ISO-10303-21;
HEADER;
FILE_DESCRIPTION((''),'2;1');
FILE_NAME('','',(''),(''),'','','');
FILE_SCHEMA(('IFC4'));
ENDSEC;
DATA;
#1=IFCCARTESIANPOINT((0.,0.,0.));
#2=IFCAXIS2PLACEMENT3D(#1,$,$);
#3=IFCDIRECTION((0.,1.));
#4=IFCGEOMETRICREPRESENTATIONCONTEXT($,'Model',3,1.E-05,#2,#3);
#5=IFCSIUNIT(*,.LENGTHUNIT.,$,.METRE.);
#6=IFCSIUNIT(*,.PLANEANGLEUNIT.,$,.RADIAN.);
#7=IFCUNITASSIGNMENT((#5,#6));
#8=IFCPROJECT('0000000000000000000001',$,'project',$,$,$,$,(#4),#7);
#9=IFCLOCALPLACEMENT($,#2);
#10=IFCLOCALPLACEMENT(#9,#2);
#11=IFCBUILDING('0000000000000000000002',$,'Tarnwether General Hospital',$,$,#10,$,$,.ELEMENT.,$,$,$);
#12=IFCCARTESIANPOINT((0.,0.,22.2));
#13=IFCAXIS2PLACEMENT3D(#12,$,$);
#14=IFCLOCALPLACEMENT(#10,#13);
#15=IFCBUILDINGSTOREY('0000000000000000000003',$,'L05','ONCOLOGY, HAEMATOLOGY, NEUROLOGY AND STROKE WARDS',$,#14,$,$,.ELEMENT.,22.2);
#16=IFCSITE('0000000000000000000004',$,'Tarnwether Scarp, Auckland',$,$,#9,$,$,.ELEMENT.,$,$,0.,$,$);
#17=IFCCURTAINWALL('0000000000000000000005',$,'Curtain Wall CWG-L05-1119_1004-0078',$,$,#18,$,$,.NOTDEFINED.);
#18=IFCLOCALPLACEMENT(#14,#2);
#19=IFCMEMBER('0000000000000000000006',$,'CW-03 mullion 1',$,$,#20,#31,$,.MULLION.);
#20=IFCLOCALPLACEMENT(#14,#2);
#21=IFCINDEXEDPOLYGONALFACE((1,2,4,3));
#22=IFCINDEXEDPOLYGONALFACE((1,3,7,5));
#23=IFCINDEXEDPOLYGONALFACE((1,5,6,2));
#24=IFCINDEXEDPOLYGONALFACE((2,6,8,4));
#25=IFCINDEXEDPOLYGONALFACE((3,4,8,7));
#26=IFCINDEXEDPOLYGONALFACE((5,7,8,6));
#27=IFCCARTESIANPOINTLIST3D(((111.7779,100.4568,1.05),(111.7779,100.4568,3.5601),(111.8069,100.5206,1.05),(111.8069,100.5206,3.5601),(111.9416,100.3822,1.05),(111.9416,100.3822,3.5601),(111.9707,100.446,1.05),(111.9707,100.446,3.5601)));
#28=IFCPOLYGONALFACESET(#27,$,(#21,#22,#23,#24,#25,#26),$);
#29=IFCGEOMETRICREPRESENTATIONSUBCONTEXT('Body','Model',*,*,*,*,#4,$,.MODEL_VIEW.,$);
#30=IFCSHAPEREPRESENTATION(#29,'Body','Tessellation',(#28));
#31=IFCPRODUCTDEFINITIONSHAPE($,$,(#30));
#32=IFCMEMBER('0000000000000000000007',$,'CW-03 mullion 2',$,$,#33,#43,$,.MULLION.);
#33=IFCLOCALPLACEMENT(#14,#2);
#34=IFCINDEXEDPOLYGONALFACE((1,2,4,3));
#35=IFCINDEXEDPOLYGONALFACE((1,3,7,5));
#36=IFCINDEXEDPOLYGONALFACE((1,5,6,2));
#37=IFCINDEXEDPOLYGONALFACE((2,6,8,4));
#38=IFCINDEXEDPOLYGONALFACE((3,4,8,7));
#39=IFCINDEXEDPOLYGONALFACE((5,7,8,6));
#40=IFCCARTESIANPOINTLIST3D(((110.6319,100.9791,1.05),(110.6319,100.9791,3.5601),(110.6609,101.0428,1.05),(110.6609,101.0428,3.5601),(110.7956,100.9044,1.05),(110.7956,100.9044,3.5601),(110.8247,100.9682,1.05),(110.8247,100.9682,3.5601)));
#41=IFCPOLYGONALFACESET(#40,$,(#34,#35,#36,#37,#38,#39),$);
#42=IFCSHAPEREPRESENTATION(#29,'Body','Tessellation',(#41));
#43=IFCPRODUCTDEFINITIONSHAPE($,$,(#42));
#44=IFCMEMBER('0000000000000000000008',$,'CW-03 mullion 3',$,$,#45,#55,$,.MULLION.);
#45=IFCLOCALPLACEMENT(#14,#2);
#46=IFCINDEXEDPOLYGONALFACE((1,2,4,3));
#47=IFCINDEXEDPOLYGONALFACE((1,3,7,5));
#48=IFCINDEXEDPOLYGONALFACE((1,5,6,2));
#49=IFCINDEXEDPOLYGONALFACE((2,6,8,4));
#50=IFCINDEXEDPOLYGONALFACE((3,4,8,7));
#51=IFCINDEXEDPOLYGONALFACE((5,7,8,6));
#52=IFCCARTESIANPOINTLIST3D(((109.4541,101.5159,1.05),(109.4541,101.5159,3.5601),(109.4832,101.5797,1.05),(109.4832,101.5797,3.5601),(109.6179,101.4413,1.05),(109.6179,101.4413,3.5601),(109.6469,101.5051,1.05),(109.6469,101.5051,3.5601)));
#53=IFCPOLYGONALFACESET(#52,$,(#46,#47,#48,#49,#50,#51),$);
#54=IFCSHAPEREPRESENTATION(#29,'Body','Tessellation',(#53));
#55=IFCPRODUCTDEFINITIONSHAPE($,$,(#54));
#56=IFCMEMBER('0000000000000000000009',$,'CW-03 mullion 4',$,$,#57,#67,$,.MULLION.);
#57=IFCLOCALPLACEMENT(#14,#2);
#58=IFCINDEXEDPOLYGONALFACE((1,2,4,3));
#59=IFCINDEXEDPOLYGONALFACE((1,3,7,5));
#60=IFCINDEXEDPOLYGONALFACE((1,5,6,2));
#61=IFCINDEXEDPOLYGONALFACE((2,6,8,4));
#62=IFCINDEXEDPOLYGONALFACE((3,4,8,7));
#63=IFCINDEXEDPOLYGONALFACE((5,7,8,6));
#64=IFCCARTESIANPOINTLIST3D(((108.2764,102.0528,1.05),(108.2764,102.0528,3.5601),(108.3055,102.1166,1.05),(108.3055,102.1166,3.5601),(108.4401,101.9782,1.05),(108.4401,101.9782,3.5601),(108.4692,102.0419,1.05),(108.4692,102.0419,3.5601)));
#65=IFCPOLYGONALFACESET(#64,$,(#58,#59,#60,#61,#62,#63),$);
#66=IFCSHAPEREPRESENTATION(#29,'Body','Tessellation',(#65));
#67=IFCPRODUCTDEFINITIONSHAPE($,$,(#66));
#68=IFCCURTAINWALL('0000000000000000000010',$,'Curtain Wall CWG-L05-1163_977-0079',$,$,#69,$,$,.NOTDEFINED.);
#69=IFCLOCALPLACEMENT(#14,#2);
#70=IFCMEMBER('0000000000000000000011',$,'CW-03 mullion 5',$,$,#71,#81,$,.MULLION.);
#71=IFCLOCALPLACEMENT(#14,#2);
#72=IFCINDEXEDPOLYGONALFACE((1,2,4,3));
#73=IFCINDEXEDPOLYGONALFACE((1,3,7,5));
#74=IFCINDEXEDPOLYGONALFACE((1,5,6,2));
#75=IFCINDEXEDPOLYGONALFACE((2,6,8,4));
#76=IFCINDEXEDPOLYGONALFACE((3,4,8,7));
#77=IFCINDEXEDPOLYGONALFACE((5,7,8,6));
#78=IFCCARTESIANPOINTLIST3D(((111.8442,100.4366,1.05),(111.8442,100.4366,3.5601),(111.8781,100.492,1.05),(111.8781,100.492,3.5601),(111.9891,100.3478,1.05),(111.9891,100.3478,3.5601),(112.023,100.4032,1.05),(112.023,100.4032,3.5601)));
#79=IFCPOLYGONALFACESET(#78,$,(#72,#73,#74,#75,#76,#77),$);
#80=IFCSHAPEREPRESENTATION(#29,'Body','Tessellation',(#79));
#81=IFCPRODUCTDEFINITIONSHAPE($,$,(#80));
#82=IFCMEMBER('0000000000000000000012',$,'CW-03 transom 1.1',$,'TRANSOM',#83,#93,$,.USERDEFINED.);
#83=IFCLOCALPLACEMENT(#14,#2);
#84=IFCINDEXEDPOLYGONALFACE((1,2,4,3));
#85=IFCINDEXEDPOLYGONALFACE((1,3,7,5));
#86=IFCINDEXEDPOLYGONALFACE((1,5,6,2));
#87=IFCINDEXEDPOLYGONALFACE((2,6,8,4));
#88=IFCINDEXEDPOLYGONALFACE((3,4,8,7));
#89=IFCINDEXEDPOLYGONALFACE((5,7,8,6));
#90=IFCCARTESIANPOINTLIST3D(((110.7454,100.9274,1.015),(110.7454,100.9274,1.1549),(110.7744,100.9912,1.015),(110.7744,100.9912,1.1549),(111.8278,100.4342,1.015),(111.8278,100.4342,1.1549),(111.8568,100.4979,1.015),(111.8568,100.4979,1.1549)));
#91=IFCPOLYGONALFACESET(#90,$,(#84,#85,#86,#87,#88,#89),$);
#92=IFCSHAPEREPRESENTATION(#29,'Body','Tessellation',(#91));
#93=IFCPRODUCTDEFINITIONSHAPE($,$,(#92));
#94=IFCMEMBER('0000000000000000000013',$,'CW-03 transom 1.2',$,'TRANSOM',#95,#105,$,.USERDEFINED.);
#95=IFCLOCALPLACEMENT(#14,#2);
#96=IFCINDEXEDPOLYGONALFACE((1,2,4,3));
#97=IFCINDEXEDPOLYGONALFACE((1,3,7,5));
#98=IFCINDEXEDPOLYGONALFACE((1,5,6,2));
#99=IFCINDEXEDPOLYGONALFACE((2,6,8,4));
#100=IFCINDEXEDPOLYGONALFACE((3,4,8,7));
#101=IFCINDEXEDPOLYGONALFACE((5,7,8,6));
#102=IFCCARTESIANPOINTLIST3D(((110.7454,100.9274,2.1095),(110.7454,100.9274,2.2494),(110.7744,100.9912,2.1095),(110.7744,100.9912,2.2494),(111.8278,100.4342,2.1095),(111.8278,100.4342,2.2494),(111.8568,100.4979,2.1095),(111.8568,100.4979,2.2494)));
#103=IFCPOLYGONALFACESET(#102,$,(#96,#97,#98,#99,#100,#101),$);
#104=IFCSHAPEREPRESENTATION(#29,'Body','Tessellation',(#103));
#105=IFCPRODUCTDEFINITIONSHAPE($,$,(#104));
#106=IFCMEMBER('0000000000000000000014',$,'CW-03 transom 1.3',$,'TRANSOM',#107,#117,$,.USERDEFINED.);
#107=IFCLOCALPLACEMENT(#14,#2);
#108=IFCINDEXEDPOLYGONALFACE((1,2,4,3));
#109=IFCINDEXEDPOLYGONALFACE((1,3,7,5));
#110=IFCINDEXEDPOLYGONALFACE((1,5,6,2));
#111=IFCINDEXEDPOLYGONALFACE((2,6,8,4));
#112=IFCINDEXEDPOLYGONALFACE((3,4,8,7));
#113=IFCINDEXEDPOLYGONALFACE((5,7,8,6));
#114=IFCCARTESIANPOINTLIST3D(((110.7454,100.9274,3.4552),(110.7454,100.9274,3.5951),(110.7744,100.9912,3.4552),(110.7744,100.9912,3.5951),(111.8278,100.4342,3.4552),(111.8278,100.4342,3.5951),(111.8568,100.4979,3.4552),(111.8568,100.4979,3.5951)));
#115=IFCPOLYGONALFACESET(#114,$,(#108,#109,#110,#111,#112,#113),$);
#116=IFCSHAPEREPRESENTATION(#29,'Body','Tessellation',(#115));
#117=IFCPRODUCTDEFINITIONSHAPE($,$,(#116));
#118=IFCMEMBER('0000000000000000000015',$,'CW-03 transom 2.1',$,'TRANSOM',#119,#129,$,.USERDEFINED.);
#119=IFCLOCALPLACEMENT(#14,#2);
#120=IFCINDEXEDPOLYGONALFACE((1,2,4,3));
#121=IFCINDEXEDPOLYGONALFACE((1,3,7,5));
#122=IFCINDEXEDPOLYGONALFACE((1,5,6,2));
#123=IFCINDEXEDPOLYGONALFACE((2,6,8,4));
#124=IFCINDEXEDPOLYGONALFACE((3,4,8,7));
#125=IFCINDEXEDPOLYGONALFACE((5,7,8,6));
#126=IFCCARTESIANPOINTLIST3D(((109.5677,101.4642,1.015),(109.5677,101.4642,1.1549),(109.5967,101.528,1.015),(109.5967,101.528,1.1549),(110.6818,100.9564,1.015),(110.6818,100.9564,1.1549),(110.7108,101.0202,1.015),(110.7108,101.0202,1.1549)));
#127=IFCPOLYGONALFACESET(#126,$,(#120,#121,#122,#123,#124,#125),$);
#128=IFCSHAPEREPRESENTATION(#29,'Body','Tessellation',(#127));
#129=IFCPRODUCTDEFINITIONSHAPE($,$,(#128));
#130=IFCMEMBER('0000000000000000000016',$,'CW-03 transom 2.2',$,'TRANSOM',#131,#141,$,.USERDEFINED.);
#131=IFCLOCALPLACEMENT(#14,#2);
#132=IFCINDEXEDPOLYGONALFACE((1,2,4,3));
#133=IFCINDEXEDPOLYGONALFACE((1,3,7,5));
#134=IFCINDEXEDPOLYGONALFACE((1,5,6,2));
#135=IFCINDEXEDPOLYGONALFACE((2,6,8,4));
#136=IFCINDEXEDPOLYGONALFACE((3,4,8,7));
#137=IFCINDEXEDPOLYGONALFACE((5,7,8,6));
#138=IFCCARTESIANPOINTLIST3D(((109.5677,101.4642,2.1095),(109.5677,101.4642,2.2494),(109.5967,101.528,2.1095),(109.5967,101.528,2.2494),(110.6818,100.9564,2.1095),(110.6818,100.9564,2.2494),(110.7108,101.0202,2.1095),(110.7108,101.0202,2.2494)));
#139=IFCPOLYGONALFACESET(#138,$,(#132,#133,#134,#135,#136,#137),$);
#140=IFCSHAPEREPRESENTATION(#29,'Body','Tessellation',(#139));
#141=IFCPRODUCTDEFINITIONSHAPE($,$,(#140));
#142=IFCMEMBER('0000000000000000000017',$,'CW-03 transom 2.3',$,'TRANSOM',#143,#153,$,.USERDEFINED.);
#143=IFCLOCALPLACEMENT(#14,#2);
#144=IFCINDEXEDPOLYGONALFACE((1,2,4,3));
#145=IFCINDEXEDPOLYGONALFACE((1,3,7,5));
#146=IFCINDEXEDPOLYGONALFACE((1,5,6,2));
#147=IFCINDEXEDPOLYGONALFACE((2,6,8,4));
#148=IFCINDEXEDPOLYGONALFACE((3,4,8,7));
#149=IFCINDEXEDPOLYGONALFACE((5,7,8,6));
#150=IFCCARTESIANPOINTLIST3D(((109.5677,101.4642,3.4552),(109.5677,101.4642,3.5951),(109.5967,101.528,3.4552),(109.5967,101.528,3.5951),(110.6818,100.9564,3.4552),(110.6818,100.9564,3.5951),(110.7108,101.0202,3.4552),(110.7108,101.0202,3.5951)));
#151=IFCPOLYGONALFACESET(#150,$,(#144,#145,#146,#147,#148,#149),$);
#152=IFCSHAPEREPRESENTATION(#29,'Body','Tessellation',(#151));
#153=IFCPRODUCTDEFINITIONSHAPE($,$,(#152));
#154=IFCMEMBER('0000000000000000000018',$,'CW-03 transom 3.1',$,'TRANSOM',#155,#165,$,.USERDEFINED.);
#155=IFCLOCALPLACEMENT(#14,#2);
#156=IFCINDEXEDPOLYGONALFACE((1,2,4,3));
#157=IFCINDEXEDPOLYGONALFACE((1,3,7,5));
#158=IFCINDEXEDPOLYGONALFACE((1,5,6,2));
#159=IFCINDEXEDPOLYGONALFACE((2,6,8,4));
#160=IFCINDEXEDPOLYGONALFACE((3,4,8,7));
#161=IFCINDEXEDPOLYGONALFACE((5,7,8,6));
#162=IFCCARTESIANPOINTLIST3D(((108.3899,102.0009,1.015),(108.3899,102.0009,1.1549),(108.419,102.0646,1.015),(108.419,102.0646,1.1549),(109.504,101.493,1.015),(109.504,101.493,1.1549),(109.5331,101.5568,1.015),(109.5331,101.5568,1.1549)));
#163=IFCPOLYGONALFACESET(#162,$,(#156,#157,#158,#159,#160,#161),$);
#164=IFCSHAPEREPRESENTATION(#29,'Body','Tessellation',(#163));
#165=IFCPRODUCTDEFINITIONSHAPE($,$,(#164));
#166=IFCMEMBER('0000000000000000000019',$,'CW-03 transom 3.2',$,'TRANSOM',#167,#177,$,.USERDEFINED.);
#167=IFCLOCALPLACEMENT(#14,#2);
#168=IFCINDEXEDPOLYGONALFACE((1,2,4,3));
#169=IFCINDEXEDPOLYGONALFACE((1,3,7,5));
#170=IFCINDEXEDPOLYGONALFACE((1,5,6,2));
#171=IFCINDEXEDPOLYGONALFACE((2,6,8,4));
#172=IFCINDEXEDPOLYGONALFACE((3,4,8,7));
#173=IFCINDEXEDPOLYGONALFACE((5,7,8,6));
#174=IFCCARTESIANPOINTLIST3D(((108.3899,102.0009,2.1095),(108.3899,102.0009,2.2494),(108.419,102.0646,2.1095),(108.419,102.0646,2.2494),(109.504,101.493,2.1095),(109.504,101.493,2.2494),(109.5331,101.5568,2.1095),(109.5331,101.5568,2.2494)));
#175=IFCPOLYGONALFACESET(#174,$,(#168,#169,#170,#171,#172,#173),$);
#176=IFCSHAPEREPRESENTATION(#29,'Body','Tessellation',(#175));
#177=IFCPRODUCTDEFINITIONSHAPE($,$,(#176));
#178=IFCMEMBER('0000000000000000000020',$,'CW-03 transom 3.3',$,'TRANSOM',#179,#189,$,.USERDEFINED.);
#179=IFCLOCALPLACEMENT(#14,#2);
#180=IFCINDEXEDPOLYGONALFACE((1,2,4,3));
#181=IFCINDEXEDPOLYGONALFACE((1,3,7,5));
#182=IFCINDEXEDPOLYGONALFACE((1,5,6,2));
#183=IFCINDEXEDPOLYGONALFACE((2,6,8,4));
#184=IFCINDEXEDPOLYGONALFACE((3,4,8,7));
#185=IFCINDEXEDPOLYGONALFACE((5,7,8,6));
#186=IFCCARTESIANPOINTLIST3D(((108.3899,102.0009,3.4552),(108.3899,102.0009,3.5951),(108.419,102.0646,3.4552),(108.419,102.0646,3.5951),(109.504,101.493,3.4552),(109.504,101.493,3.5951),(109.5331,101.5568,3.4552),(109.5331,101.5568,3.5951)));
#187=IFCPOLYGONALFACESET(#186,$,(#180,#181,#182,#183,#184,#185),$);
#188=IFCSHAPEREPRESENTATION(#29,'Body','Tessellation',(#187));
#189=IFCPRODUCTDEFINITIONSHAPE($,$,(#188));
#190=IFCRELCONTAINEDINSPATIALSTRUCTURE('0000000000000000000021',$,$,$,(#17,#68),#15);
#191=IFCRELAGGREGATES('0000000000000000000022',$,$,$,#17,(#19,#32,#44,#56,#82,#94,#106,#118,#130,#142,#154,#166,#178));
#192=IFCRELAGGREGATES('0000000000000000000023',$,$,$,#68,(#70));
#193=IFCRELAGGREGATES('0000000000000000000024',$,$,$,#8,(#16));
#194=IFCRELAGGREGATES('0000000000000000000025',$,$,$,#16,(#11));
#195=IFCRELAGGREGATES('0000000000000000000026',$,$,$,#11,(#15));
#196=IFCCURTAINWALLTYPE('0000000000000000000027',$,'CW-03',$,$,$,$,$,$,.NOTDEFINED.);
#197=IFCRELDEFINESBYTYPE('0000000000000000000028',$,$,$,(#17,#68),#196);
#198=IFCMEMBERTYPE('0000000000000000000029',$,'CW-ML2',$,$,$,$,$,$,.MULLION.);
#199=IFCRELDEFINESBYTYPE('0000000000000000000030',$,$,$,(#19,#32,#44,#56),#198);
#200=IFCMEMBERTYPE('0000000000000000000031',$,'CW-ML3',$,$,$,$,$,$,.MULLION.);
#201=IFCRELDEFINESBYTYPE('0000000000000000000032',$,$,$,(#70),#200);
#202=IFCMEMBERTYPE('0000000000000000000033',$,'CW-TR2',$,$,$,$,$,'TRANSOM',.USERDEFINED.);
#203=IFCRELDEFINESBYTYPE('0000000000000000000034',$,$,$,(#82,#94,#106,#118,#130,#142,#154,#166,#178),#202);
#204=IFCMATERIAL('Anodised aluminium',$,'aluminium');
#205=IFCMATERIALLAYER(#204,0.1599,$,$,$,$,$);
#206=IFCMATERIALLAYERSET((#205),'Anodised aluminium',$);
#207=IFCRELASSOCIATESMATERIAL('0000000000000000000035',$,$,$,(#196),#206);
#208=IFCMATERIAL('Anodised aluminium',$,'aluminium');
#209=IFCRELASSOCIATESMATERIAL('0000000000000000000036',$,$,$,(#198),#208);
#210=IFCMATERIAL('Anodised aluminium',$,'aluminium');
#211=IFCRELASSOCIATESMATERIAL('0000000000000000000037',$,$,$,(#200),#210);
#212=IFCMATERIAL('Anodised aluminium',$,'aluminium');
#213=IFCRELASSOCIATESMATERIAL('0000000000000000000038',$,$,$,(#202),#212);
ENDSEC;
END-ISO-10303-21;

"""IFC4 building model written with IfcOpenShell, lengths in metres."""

from ifc_helpers import new_model, si_unit, direction, frame, origin, origin_2d, place, context, subcontext, project, spatial, rectangle, extrude, material, layer, layer_set, material_profile, profile_set, type_object, element, aggregate, save


model = new_model("IFC4")

# Units and contexts
model_context = context("Model", 3, precision=1e-05, world=origin(), true_north=direction((0.0, 1.0)))
body_context = subcontext(model_context, "Body", "Model", "MODEL_VIEW")
ifc_project = project(units=[si_unit("LENGTHUNIT", "METRE"), si_unit("PLANEANGLEUNIT", "RADIAN")], contexts=[model_context])

# Site, building, storey
site_placement = place(None, origin())
site = spatial("IfcSite", under=ifc_project, at=site_placement, Name="Tarnwether Scarp, Auckland", CompositionType="ELEMENT", RefElevation=0.0)
building_placement = place(site_placement, origin())
building = spatial("IfcBuilding", under=site, at=building_placement, Name="Tarnwether General Hospital", CompositionType="ELEMENT")
storey_placement = place(building_placement, frame((0.0, 0.0, 22.2)))
storey = spatial("IfcBuildingStorey", under=building, at=storey_placement, Name="L05", Description="ONCOLOGY, HAEMATOLOGY, NEUROLOGY AND STROKE WARDS", CompositionType="ELEMENT", Elevation=22.2)

# Curtain wall, members
ifc_material_1 = material(Name="Anodised aluminium", Category="aluminium")
ifc_layer_1 = layer(ifc_material_1, 0.1599)
ifc_layer_set_1 = layer_set([ifc_layer_1], Name="Anodised aluminium")
curtain_wall_type = type_object("IfcCurtainWallType", Name="CW-03", PredefinedType="NOTDEFINED", material=ifc_layer_set_1)
curtain_wall_1_placement = place(storey_placement, origin())
curtain_wall_1 = element("IfcCurtainWall", 1, at=curtain_wall_1_placement, inside=storey, type_object=curtain_wall_type, Name="Curtain Wall CWG-L05-1119_1004-0078", PredefinedType="NOTDEFINED")
ifc_material_2 = material(Name="Anodised aluminium", Category="aluminium")
ifc_material_profile_1 = material_profile(ifc_material_2, rectangle(XDim=0.0701, YDim=0.1799, at=origin_2d()), Name="ALU-MUL-70x180")
ifc_profile_set_1 = profile_set([ifc_material_profile_1], Name="Anodised aluminium")
member_type_1 = type_object("IfcMemberType", Name="CW-ML2", PredefinedType="MULLION", material=ifc_profile_set_1)
member_1_placement = place(storey_placement, frame((111.8743, 100.4514, 1.05), z_axis=(0.0, 0.0, 1.0), x_axis=(-0.414705, -0.909956, 0.0)))
member_1 = element("IfcMember", 2, at=member_1_placement, type_object=member_type_1, Name="CW-03 mullion 1", PredefinedType="MULLION", context=body_context, shape_type="SweptSolid", body=[
    extrude(rectangle(XDim=0.0701, YDim=0.1799, at=origin_2d()), origin(), (0.0, 0.0, 1.0), 2.51),
])
member_2_placement = place(storey_placement, frame((110.7283, 100.9736, 1.05), z_axis=(0.0, 0.0, 1.0), x_axis=(-0.414705, -0.909956, 0.0)))
member_2 = element("IfcMember", 3, at=member_2_placement, type_object=member_type_1, Name="CW-03 mullion 2", PredefinedType="MULLION", context=body_context, shape_type="SweptSolid", body=[
    extrude(rectangle(XDim=0.0701, YDim=0.1799, at=origin_2d()), origin(), (0.0, 0.0, 1.0), 2.51),
])
member_3_placement = place(storey_placement, frame((109.5505, 101.5105, 1.05), z_axis=(0.0, 0.0, 1.0), x_axis=(-0.414705, -0.909956, 0.0)))
member_3 = element("IfcMember", 4, at=member_3_placement, type_object=member_type_1, Name="CW-03 mullion 3", PredefinedType="MULLION", context=body_context, shape_type="SweptSolid", body=[
    extrude(rectangle(XDim=0.0701, YDim=0.1799, at=origin_2d()), origin(), (0.0, 0.0, 1.0), 2.51),
])
member_4_placement = place(storey_placement, frame((108.3728, 102.0474, 1.05), z_axis=(0.0, 0.0, 1.0), x_axis=(-0.414705, -0.909956, 0.0)))
member_4 = element("IfcMember", 5, at=member_4_placement, type_object=member_type_1, Name="CW-03 mullion 4", PredefinedType="MULLION", context=body_context, shape_type="SweptSolid", body=[
    extrude(rectangle(XDim=0.0701, YDim=0.1799, at=origin_2d()), origin(), (0.0, 0.0, 1.0), 2.51),
])

# Curtain wall, member
curtain_wall_2_placement = place(storey_placement, origin())
curtain_wall_2 = element("IfcCurtainWall", 6, at=curtain_wall_2_placement, inside=storey, type_object=curtain_wall_type, Name="Curtain Wall CWG-L05-1163_977-0079", PredefinedType="NOTDEFINED")
ifc_material_3 = material(Name="Anodised aluminium", Category="aluminium")
ifc_material_profile_2 = material_profile(ifc_material_3, rectangle(XDim=0.0649, YDim=0.1699, at=origin_2d()), Name="ALU-MUL-65x170")
ifc_profile_set_2 = profile_set([ifc_material_profile_2], Name="Anodised aluminium")
member_type_2 = type_object("IfcMemberType", Name="CW-ML3", PredefinedType="MULLION", material=ifc_profile_set_2)
member_5_placement = place(storey_placement, frame((111.9336, 100.4199, 1.05), z_axis=(0.0, 0.0, 1.0), x_axis=(-0.522512, -0.852632, 0.0)))
member_5 = element("IfcMember", 7, at=member_5_placement, type_object=member_type_2, Name="CW-03 mullion 5", PredefinedType="MULLION", context=body_context, shape_type="SweptSolid", body=[
    extrude(rectangle(XDim=0.0649, YDim=0.1699, at=origin_2d()), origin(), (0.0, 0.0, 1.0), 2.51),
])

# Members
ifc_material_4 = material(Name="Anodised aluminium", Category="aluminium")
ifc_material_profile_3 = material_profile(ifc_material_4, rectangle(XDim=0.0701, YDim=0.1399, at=origin_2d()), Name="ALU-TRN-70x140")
ifc_profile_set_3 = profile_set([ifc_material_profile_3], Name="Anodised aluminium")
member_type_3 = type_object("IfcMemberType", Name="CW-TR2", ElementType="TRANSOM", PredefinedType="USERDEFINED", material=ifc_profile_set_3)
member_6_placement = place(storey_placement, frame((111.8423, 100.4661, 1.085), z_axis=(-0.909979, 0.414653, 0.0), x_axis=(-0.414653, -0.909979, 0.0)))
member_6 = element("IfcMember", 8, at=member_6_placement, type_object=member_type_3, Name="CW-03 transom 1.1", ObjectType="TRANSOM", PredefinedType="USERDEFINED", context=body_context, shape_type="SweptSolid", body=[
    extrude(rectangle(XDim=0.0701, YDim=0.1399, at=origin_2d()), origin(), (0.0, 0.0, 1.0), 1.1895),
])
member_7_placement = place(storey_placement, frame((111.8423, 100.4661, 2.1794), z_axis=(-0.909979, 0.414653, 0.0), x_axis=(-0.414653, -0.909979, 0.0)))
member_7 = element("IfcMember", 9, at=member_7_placement, type_object=member_type_3, Name="CW-03 transom 1.2", ObjectType="TRANSOM", PredefinedType="USERDEFINED", context=body_context, shape_type="SweptSolid", body=[
    extrude(rectangle(XDim=0.0701, YDim=0.1399, at=origin_2d()), origin(), (0.0, 0.0, 1.0), 1.1895),
])
member_8_placement = place(storey_placement, frame((111.8423, 100.4661, 3.5251), z_axis=(-0.909979, 0.414653, 0.0), x_axis=(-0.414653, -0.909979, 0.0)))
member_8 = element("IfcMember", 10, at=member_8_placement, type_object=member_type_3, Name="CW-03 transom 1.3", ObjectType="TRANSOM", PredefinedType="USERDEFINED", context=body_context, shape_type="SweptSolid", body=[
    extrude(rectangle(XDim=0.0701, YDim=0.1399, at=origin_2d()), origin(), (0.0, 0.0, 1.0), 1.1895),
])
member_9_placement = place(storey_placement, frame((110.6963, 100.9883, 1.085), z_axis=(-0.909922, 0.414779, 0.0), x_axis=(-0.414779, -0.909922, 0.0)))
member_9 = element("IfcMember", 11, at=member_9_placement, type_object=member_type_3, Name="CW-03 transom 2.1", ObjectType="TRANSOM", PredefinedType="USERDEFINED", context=body_context, shape_type="SweptSolid", body=[
    extrude(rectangle(XDim=0.0701, YDim=0.1399, at=origin_2d()), origin(), (0.0, 0.0, 1.0), 1.2244),
])
member_10_placement = place(storey_placement, frame((110.6963, 100.9883, 2.1794), z_axis=(-0.909922, 0.414779, 0.0), x_axis=(-0.414779, -0.909922, 0.0)))
member_10 = element("IfcMember", 12, at=member_10_placement, type_object=member_type_3, Name="CW-03 transom 2.2", ObjectType="TRANSOM", PredefinedType="USERDEFINED", context=body_context, shape_type="SweptSolid", body=[
    extrude(rectangle(XDim=0.0701, YDim=0.1399, at=origin_2d()), origin(), (0.0, 0.0, 1.0), 1.2244),
])
member_11_placement = place(storey_placement, frame((110.6963, 100.9883, 3.5251), z_axis=(-0.909922, 0.414779, 0.0), x_axis=(-0.414779, -0.909922, 0.0)))
member_11 = element("IfcMember", 13, at=member_11_placement, type_object=member_type_3, Name="CW-03 transom 2.3", ObjectType="TRANSOM", PredefinedType="USERDEFINED", context=body_context, shape_type="SweptSolid", body=[
    extrude(rectangle(XDim=0.0701, YDim=0.1399, at=origin_2d()), origin(), (0.0, 0.0, 1.0), 1.2244),
])
member_12_placement = place(storey_placement, frame((109.5186, 101.5249, 1.085), z_axis=(-0.909922, 0.414779, 0.0), x_axis=(-0.414779, -0.909922, 0.0)))
member_12 = element("IfcMember", 14, at=member_12_placement, type_object=member_type_3, Name="CW-03 transom 3.1", ObjectType="TRANSOM", PredefinedType="USERDEFINED", context=body_context, shape_type="SweptSolid", body=[
    extrude(rectangle(XDim=0.0701, YDim=0.1399, at=origin_2d()), origin(), (0.0, 0.0, 1.0), 1.2244),
])
member_13_placement = place(storey_placement, frame((109.5186, 101.5249, 2.1794), z_axis=(-0.909922, 0.414779, 0.0), x_axis=(-0.414779, -0.909922, 0.0)))
member_13 = element("IfcMember", 15, at=member_13_placement, type_object=member_type_3, Name="CW-03 transom 3.2", ObjectType="TRANSOM", PredefinedType="USERDEFINED", context=body_context, shape_type="SweptSolid", body=[
    extrude(rectangle(XDim=0.0701, YDim=0.1399, at=origin_2d()), origin(), (0.0, 0.0, 1.0), 1.2244),
])
member_14_placement = place(storey_placement, frame((109.5186, 101.5249, 3.5251), z_axis=(-0.909922, 0.414779, 0.0), x_axis=(-0.414779, -0.909922, 0.0)))
member_14 = element("IfcMember", 16, at=member_14_placement, type_object=member_type_3, Name="CW-03 transom 3.3", ObjectType="TRANSOM", PredefinedType="USERDEFINED", context=body_context, shape_type="SweptSolid", body=[
    extrude(rectangle(XDim=0.0701, YDim=0.1399, at=origin_2d()), origin(), (0.0, 0.0, 1.0), 1.2244),
])

aggregate(curtain_wall_1, [member_1, member_2, member_3, member_4, member_6, member_7, member_8, member_9, member_10, member_11, member_12, member_13, member_14])
aggregate(curtain_wall_2, [member_5])

save(model, "model.ifc")
